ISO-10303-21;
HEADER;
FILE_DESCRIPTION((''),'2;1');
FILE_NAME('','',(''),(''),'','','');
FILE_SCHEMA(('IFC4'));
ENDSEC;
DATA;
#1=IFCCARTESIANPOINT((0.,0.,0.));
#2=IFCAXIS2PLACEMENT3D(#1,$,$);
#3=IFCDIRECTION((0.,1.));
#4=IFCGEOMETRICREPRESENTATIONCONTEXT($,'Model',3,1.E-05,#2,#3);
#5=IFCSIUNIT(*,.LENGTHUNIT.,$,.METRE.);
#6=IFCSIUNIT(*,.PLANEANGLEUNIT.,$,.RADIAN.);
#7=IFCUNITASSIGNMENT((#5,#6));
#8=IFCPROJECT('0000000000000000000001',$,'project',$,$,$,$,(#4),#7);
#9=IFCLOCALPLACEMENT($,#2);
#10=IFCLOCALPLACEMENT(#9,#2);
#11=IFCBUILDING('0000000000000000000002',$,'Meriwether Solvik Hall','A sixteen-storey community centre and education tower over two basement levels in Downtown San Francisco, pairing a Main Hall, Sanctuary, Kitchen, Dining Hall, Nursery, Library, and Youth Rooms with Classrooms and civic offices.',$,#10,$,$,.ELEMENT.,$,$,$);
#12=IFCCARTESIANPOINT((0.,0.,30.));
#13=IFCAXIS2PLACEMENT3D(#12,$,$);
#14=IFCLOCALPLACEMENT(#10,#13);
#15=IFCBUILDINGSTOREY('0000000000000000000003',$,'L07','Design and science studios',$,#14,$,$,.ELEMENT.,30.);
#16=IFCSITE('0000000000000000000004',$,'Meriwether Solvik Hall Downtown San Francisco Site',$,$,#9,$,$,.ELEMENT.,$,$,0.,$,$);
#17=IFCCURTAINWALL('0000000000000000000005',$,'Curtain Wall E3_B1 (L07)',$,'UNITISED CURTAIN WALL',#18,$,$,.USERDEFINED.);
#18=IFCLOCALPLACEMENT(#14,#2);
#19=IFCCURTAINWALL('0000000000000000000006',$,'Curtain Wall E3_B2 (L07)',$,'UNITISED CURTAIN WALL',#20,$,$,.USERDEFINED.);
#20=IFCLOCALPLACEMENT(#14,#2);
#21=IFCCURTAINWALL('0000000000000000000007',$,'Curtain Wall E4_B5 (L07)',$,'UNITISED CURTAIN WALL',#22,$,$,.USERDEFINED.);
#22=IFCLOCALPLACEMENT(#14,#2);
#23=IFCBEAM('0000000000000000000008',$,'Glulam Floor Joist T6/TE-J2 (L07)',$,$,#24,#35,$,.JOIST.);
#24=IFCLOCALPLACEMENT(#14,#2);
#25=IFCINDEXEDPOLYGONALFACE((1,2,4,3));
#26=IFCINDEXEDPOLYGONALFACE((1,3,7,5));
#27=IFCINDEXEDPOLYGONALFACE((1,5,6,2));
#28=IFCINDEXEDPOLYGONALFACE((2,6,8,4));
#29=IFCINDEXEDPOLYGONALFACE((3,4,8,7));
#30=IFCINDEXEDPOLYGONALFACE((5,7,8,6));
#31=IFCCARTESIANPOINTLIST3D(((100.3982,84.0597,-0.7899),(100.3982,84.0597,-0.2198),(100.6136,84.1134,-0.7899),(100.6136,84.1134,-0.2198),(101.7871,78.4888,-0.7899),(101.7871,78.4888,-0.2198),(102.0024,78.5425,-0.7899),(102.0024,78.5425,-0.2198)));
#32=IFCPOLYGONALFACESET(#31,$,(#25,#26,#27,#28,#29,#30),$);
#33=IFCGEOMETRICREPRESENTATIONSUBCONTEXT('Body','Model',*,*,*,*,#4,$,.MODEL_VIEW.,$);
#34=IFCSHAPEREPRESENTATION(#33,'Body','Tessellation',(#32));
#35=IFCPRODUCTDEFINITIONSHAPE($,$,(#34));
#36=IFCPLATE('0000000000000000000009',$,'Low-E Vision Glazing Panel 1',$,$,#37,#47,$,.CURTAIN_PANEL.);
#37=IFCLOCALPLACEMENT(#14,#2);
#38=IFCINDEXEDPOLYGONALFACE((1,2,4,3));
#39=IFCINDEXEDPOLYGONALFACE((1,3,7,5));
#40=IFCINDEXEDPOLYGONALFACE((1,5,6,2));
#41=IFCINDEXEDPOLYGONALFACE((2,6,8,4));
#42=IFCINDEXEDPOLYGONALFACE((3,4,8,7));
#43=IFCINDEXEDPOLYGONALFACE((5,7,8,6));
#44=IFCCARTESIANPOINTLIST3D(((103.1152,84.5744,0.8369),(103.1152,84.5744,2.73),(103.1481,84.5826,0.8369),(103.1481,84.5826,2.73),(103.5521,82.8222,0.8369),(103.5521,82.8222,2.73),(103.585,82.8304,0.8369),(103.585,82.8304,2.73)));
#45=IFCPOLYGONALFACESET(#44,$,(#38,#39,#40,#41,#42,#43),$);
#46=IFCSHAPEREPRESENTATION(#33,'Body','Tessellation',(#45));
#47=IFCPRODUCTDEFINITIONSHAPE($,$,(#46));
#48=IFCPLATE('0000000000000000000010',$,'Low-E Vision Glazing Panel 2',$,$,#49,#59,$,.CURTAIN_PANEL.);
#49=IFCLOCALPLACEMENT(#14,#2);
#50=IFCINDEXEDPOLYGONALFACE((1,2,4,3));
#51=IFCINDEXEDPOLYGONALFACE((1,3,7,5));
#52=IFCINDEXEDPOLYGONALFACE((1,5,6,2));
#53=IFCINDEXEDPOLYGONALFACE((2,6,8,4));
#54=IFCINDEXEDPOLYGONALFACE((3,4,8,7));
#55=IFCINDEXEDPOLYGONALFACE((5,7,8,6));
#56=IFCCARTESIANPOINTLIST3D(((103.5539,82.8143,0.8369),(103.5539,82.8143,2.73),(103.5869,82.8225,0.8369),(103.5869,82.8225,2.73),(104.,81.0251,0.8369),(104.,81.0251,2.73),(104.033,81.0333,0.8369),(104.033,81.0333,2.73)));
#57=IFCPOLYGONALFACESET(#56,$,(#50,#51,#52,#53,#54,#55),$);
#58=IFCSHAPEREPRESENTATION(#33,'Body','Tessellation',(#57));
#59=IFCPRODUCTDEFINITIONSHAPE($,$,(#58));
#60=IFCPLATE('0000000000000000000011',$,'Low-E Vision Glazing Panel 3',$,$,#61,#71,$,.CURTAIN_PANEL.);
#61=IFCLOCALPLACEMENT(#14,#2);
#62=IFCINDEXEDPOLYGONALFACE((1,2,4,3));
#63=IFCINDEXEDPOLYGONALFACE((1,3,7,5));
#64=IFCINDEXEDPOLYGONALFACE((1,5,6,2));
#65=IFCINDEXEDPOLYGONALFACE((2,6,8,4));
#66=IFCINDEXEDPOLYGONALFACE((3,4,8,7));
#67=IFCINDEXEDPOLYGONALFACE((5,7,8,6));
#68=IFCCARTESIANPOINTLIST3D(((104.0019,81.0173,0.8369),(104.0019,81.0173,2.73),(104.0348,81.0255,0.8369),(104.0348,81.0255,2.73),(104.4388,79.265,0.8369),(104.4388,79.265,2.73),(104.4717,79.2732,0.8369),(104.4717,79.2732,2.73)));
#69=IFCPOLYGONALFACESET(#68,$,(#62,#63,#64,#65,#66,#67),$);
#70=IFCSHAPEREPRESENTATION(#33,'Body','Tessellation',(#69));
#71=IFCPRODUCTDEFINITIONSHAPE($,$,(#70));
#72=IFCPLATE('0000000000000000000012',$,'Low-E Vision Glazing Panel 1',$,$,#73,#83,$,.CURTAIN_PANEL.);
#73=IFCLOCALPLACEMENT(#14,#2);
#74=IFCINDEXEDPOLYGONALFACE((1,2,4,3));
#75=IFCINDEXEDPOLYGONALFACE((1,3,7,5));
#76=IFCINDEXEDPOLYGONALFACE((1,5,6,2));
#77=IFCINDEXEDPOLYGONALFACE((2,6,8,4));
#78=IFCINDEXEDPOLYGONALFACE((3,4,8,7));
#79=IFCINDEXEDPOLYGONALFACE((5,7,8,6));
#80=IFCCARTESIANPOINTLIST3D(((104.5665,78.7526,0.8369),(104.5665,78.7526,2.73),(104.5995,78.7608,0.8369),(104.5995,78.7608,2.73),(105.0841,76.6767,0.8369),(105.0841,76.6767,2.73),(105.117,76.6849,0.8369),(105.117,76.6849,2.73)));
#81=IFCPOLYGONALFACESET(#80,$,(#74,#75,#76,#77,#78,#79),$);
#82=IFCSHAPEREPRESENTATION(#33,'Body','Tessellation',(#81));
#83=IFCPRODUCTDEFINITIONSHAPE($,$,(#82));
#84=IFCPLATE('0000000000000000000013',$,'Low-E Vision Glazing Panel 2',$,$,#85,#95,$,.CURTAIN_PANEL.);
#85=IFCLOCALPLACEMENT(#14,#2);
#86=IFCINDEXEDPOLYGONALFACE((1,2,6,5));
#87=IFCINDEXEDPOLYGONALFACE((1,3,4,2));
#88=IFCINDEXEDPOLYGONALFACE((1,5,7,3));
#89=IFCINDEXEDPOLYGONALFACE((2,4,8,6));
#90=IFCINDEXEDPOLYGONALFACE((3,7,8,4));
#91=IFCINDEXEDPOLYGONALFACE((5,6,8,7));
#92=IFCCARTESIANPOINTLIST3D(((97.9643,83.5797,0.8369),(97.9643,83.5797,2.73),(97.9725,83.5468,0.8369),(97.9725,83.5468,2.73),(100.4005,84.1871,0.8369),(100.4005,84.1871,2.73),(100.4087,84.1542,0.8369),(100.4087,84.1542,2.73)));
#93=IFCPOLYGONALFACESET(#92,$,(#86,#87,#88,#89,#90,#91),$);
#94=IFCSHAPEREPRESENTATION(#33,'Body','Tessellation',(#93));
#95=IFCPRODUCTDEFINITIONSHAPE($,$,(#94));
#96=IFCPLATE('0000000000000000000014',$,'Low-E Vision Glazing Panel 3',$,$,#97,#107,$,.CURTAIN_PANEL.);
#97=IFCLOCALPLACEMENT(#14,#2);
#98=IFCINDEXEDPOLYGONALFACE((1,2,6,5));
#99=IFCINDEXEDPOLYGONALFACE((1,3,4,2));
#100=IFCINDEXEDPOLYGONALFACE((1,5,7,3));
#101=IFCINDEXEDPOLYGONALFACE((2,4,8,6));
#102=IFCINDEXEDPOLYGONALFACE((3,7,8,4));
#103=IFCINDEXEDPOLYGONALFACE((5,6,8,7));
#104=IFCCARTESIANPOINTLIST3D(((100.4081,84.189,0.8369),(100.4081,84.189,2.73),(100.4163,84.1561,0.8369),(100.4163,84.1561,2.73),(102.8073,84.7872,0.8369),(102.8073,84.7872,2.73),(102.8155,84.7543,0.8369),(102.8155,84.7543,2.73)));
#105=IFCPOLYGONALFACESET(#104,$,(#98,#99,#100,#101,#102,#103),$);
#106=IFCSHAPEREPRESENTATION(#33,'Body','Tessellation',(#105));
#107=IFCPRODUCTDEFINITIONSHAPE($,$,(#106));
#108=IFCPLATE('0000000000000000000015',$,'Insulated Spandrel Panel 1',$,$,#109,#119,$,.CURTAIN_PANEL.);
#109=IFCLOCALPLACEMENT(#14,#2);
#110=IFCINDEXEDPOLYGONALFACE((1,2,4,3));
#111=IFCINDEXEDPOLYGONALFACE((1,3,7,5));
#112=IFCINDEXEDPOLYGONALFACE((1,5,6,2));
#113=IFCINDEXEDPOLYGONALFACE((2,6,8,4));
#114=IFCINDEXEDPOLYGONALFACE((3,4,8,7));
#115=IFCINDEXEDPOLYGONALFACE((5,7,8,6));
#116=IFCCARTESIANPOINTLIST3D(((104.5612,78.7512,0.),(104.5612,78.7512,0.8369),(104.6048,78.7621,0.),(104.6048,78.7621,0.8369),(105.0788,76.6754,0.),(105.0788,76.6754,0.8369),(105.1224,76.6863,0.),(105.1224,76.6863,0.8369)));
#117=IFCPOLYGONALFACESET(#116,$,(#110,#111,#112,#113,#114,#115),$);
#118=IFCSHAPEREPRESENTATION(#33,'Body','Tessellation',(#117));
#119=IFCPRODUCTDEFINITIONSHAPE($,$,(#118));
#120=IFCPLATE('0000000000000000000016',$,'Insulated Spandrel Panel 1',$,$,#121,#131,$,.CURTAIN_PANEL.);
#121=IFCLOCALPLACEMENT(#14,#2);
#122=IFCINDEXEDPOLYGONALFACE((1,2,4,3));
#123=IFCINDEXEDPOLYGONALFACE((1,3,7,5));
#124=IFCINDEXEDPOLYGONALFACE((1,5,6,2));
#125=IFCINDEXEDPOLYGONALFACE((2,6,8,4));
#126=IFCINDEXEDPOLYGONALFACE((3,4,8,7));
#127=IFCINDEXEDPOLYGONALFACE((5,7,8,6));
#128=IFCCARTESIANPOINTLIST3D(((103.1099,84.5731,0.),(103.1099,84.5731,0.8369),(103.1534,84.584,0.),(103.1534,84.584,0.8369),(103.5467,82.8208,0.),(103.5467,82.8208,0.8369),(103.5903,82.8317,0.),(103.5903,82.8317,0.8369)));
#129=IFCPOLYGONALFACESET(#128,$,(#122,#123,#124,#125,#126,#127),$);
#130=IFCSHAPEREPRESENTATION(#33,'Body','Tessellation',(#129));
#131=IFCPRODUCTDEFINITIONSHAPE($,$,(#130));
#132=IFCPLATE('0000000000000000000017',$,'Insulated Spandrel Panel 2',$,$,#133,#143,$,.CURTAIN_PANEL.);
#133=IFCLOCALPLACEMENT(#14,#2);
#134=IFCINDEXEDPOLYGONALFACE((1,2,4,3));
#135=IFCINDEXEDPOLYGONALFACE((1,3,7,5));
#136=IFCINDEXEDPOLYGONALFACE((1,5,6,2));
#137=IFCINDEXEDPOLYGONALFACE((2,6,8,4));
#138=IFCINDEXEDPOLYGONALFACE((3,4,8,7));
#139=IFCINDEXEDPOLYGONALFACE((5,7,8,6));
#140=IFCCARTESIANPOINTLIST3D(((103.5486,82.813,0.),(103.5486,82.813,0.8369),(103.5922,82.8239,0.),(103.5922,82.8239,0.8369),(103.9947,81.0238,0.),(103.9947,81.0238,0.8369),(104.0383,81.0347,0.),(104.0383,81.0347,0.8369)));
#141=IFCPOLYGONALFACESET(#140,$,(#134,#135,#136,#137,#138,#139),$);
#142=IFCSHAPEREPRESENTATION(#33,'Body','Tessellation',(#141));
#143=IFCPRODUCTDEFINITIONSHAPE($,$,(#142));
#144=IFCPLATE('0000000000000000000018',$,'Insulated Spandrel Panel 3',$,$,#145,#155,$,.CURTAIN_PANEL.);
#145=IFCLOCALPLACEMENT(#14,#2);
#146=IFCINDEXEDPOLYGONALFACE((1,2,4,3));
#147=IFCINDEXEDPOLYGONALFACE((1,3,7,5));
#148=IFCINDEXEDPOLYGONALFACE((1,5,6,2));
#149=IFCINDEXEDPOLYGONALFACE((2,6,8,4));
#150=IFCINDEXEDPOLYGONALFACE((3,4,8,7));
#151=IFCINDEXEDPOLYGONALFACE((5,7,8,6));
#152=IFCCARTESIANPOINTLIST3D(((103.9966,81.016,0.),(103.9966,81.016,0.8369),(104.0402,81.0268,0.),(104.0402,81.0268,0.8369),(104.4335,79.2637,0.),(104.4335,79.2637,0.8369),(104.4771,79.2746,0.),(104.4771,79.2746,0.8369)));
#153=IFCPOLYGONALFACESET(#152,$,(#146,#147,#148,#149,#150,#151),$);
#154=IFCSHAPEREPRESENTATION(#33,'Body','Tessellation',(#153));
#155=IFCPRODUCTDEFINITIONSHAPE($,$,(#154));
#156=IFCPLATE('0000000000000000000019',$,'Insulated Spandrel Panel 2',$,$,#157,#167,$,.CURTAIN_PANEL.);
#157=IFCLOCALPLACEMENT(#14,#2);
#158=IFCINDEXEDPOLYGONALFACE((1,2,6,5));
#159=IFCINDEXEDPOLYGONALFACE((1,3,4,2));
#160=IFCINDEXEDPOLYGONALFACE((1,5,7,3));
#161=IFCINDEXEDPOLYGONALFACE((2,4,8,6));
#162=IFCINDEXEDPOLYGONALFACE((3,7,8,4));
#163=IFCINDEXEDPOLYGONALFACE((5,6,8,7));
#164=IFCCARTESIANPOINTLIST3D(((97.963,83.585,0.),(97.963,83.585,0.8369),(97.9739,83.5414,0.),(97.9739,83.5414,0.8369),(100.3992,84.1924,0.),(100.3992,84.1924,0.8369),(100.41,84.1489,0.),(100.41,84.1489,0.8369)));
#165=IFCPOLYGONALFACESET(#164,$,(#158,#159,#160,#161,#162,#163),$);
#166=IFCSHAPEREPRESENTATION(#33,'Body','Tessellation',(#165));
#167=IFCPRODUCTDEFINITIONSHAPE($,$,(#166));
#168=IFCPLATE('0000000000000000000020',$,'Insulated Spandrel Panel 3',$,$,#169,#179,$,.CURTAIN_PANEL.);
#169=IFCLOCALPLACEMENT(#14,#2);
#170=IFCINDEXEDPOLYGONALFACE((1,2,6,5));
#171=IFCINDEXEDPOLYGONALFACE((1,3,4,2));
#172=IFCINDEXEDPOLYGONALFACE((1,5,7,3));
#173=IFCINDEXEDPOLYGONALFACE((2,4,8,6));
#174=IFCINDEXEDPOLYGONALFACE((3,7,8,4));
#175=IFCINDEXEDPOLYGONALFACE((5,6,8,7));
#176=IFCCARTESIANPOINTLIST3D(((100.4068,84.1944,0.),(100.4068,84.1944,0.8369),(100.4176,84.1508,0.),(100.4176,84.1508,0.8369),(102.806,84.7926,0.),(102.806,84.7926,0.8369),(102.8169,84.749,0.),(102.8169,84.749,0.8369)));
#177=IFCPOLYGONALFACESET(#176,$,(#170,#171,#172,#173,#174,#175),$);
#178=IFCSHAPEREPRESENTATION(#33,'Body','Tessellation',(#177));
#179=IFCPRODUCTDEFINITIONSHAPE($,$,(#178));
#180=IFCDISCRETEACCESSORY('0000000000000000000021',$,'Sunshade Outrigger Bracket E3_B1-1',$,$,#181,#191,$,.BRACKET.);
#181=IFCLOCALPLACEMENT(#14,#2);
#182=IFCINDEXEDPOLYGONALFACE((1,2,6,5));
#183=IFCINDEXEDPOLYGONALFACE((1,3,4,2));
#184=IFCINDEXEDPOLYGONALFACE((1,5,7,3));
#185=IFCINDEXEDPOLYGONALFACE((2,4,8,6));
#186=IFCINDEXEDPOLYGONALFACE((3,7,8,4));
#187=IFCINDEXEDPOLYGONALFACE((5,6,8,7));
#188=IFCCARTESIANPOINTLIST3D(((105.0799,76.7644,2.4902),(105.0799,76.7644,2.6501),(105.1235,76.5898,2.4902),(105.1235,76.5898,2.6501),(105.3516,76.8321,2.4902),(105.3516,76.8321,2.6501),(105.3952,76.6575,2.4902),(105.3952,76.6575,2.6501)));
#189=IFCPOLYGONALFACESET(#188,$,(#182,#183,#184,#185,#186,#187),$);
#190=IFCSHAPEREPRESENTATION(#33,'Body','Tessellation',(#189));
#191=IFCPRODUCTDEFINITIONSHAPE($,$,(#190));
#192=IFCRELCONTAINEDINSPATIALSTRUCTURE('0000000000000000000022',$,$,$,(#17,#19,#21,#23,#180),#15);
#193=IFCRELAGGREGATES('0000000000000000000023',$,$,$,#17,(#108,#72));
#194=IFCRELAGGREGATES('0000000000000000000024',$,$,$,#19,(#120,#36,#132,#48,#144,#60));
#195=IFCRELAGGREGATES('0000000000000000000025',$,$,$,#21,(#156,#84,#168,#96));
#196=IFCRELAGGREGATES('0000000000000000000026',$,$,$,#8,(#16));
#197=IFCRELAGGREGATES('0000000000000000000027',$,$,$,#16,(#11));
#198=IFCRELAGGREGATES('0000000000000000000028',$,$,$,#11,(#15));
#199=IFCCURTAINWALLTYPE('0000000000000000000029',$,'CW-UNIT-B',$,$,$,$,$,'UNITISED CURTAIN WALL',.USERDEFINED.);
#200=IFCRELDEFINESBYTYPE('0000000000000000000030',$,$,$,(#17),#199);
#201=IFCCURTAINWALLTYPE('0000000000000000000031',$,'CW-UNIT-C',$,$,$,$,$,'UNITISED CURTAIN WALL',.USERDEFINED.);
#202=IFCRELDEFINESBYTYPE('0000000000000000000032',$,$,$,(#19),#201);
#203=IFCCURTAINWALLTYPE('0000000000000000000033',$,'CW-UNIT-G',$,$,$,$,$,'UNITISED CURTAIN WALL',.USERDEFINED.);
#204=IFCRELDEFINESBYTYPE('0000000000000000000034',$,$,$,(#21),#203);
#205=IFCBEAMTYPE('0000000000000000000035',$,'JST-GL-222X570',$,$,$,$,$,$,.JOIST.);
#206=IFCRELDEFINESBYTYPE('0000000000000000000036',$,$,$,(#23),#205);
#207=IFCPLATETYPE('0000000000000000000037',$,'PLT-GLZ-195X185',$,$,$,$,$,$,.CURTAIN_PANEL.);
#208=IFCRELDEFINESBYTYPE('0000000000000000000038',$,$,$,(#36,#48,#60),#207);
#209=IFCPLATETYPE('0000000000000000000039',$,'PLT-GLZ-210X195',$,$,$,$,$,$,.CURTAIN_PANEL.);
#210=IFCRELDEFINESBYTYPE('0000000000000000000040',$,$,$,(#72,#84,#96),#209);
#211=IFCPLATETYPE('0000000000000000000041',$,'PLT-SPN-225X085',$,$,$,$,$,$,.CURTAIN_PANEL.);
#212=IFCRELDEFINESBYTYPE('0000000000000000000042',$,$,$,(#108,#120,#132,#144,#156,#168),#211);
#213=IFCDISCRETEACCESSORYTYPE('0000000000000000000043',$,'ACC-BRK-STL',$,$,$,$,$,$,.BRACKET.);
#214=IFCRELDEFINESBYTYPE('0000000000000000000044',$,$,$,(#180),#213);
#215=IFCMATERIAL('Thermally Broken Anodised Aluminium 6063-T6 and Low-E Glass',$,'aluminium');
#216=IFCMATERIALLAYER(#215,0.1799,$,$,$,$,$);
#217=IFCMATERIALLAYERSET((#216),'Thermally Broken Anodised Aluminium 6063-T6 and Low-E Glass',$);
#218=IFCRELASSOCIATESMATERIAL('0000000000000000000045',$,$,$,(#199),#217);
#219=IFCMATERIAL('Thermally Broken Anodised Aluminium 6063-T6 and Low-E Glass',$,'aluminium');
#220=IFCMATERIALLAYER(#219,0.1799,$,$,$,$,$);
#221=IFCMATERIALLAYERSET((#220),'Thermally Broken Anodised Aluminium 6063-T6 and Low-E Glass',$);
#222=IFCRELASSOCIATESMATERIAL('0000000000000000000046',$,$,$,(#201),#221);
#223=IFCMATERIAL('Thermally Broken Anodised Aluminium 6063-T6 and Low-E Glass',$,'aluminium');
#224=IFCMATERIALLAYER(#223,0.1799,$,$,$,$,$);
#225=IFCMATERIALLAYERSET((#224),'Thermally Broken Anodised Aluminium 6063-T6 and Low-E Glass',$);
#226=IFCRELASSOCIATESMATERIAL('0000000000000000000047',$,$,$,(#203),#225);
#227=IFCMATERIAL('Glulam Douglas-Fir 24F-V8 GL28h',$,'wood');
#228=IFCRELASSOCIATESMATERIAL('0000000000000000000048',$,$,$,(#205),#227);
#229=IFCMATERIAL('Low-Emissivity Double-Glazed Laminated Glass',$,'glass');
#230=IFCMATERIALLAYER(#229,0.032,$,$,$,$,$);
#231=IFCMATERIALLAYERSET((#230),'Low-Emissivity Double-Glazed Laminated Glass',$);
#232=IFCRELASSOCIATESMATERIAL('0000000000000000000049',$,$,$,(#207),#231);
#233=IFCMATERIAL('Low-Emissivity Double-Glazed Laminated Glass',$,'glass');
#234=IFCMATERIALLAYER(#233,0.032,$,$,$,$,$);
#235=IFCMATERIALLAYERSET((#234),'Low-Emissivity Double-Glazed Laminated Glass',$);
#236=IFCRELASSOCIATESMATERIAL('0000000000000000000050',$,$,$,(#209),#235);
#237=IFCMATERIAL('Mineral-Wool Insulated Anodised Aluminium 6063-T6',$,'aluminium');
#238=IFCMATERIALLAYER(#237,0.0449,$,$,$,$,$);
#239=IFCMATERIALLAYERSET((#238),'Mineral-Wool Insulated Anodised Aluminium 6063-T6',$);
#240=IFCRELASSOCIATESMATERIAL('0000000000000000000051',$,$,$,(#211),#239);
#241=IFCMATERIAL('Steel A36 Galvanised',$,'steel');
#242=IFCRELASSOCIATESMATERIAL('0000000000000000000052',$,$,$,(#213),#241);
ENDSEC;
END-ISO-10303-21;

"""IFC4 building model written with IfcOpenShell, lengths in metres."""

from ifc_helpers import new_model, si_unit, direction, frame, origin, origin_2d, place, context, subcontext, project, spatial, rectangle, extrude, material, layer, layer_set, material_profile, profile_set, type_object, element, aggregate, save


model = new_model("IFC4")

# Units and contexts
model_context = context("Model", 3, precision=1e-05, world=origin(), true_north=direction((0.0, 1.0)))
body_context = subcontext(model_context, "Body", "Model", "MODEL_VIEW")
ifc_project = project(units=[si_unit("LENGTHUNIT", "METRE"), si_unit("PLANEANGLEUNIT", "RADIAN")], contexts=[model_context])

# Site, building, storey
site_placement = place(None, origin())
site = spatial("IfcSite", under=ifc_project, at=site_placement, Name="Meriwether Solvik Hall Downtown San Francisco Site", CompositionType="ELEMENT", RefElevation=0.0)
building_placement = place(site_placement, origin())
building = spatial("IfcBuilding", under=site, at=building_placement, Name="Meriwether Solvik Hall", Description="A sixteen-storey community centre and education tower over two basement levels in Downtown San Francisco, pairing a Main Hall, Sanctuary, Kitchen, Dining Hall, Nursery, Library, and Youth Rooms with Classrooms and civic offices.", CompositionType="ELEMENT")
storey_placement = place(building_placement, frame((0.0, 0.0, 30.0)))
storey = spatial("IfcBuildingStorey", under=building, at=storey_placement, Name="L07", Description="Design and science studios", CompositionType="ELEMENT", Elevation=30.0)

# Curtain wall
ifc_material_1 = material(Name="Thermally Broken Anodised Aluminium 6063-T6 and Low-E Glass", Category="aluminium")
ifc_layer_1 = layer(ifc_material_1, 0.1799)
ifc_layer_set_1 = layer_set([ifc_layer_1], Name="Thermally Broken Anodised Aluminium 6063-T6 and Low-E Glass")
curtain_wall_type_1 = type_object("IfcCurtainWallType", Name="CW-UNIT-B", ElementType="UNITISED CURTAIN WALL", PredefinedType="USERDEFINED", material=ifc_layer_set_1)
curtain_wall_1_placement = place(storey_placement, origin())
curtain_wall_1 = element("IfcCurtainWall", 1, at=curtain_wall_1_placement, inside=storey, type_object=curtain_wall_type_1, Name="Curtain Wall E3_B1 (L07)", ObjectType="UNITISED CURTAIN WALL", PredefinedType="USERDEFINED")

# Curtain walls
ifc_material_2 = material(Name="Thermally Broken Anodised Aluminium 6063-T6 and Low-E Glass", Category="aluminium")
ifc_layer_2 = layer(ifc_material_2, 0.1799)
ifc_layer_set_2 = layer_set([ifc_layer_2], Name="Thermally Broken Anodised Aluminium 6063-T6 and Low-E Glass")
curtain_wall_type_2 = type_object("IfcCurtainWallType", Name="CW-UNIT-C", ElementType="UNITISED CURTAIN WALL", PredefinedType="USERDEFINED", material=ifc_layer_set_2)
curtain_wall_2_placement = place(storey_placement, origin())
curtain_wall_2 = element("IfcCurtainWall", 2, at=curtain_wall_2_placement, inside=storey, type_object=curtain_wall_type_2, Name="Curtain Wall E3_B2 (L07)", ObjectType="UNITISED CURTAIN WALL", PredefinedType="USERDEFINED")
ifc_material_3 = material(Name="Thermally Broken Anodised Aluminium 6063-T6 and Low-E Glass", Category="aluminium")
ifc_layer_3 = layer(ifc_material_3, 0.1799)
ifc_layer_set_3 = layer_set([ifc_layer_3], Name="Thermally Broken Anodised Aluminium 6063-T6 and Low-E Glass")
curtain_wall_type_3 = type_object("IfcCurtainWallType", Name="CW-UNIT-G", ElementType="UNITISED CURTAIN WALL", PredefinedType="USERDEFINED", material=ifc_layer_set_3)
curtain_wall_3_placement = place(storey_placement, origin())
curtain_wall_3 = element("IfcCurtainWall", 3, at=curtain_wall_3_placement, inside=storey, type_object=curtain_wall_type_3, Name="Curtain Wall E4_B5 (L07)", ObjectType="UNITISED CURTAIN WALL", PredefinedType="USERDEFINED")

# Beam
ifc_material_4 = material(Name="Glulam Douglas-Fir 24F-V8 GL28h", Category="wood")
ifc_material_profile_1 = material_profile(ifc_material_4, rectangle(XDim=0.2219, YDim=0.5701, at=origin_2d()), Name="GLJ-222X570")
ifc_profile_set_1 = profile_set([ifc_material_profile_1], Name="Glulam Douglas-Fir 24F-V8 GL28h")
beam_type_1 = type_object("IfcBeamType", Name="JST-GL-222X570", PredefinedType="JOIST", material=ifc_profile_set_1)
for number, where, z_axis, x_axis, name in (
    (4, (101.8948, 78.5156, -0.5049), (-0.241905, 0.9703, 0.0), (-0.9703, -0.241905, 0.0), "Glulam Floor Joist T6/TE-J2 (L07)"),
):
    element("IfcBeam", number, at=place(storey_placement, frame(where, z_axis=z_axis, x_axis=x_axis)), inside=storey, type_object=beam_type_1, Name=name, PredefinedType="JOIST", context=body_context, shape_type="SweptSolid", body=[
        extrude(rectangle(XDim=0.2219, YDim=0.5701, at=origin_2d()), origin(), (0.0, 0.0, 1.0), 5.7415),
    ])

# Plates
ifc_material_5 = material(Name="Low-Emissivity Double-Glazed Laminated Glass", Category="glass")
ifc_layer_4 = layer(ifc_material_5, 0.032)
ifc_layer_set_4 = layer_set([ifc_layer_4], Name="Low-Emissivity Double-Glazed Laminated Glass")
plate_type_1 = type_object("IfcPlateType", Name="PLT-GLZ-195X185", PredefinedType="CURTAIN_PANEL", material=ifc_layer_set_4)
plate_1_placement = place(storey_placement, frame((103.3501, 83.7024, 0.8369), z_axis=(0.0, 0.0, 1.0), x_axis=(0.241922, -0.970296, 0.0)))
plate_1 = element("IfcPlate", 5, at=plate_1_placement, type_object=plate_type_1, Name="Low-E Vision Glazing Panel 1", PredefinedType="CURTAIN_PANEL", context=body_context, shape_type="SweptSolid", body=[
    extrude(rectangle(XDim=1.8059, YDim=0.0339, at=origin_2d()), origin(), (0.0, 0.0, 1.0), 1.8931),
])
plate_2_placement = place(storey_placement, frame((103.7935, 81.9238, 0.8369), z_axis=(0.0, 0.0, 1.0), x_axis=(0.241922, -0.970296, 0.0)))
plate_2 = element("IfcPlate", 6, at=plate_2_placement, type_object=plate_type_1, Name="Low-E Vision Glazing Panel 2", PredefinedType="CURTAIN_PANEL", context=body_context, shape_type="SweptSolid", body=[
    extrude(rectangle(XDim=1.844, YDim=0.0339, at=origin_2d()), origin(), (0.0, 0.0, 1.0), 1.8931),
])
plate_3_placement = place(storey_placement, frame((104.2368, 80.1453, 0.8369), z_axis=(0.0, 0.0, 1.0), x_axis=(0.241922, -0.970296, 0.0)))
plate_3 = element("IfcPlate", 7, at=plate_3_placement, type_object=plate_type_1, Name="Low-E Vision Glazing Panel 3", PredefinedType="CURTAIN_PANEL", context=body_context, shape_type="SweptSolid", body=[
    extrude(rectangle(XDim=1.8059, YDim=0.0339, at=origin_2d()), origin(), (0.0, 0.0, 1.0), 1.8931),
])
ifc_material_6 = material(Name="Low-Emissivity Double-Glazed Laminated Glass", Category="glass")
ifc_layer_5 = layer(ifc_material_6, 0.032)
ifc_layer_set_5 = layer_set([ifc_layer_5], Name="Low-Emissivity Double-Glazed Laminated Glass")
plate_type_2 = type_object("IfcPlateType", Name="PLT-GLZ-210X195", PredefinedType="CURTAIN_PANEL", material=ifc_layer_set_5)
plate_4_placement = place(storey_placement, frame((104.8418, 77.7188, 0.8369), z_axis=(0.0, 0.0, 1.0), x_axis=(0.241922, -0.970296, 0.0)))
plate_4 = element("IfcPlate", 8, at=plate_4_placement, type_object=plate_type_2, Name="Low-E Vision Glazing Panel 1", PredefinedType="CURTAIN_PANEL", context=body_context, shape_type="SweptSolid", body=[
    extrude(rectangle(XDim=2.1394, YDim=0.0339, at=origin_2d()), origin(), (0.0, 0.0, 1.0), 1.8931),
])
plate_5_placement = place(storey_placement, frame((99.1865, 83.8669, 0.8369), z_axis=(0.0, 0.0, 1.0), x_axis=(0.970296, 0.241922, 0.0)))
plate_5 = element("IfcPlate", 9, at=plate_5_placement, type_object=plate_type_2, Name="Low-E Vision Glazing Panel 2", PredefinedType="CURTAIN_PANEL", context=body_context, shape_type="SweptSolid", body=[
    extrude(rectangle(XDim=2.5107, YDim=0.0339, at=origin_2d()), origin(), (0.0, 0.0, 1.0), 1.8931),
])
plate_6_placement = place(storey_placement, frame((101.6118, 84.4717, 0.8369), z_axis=(0.0, 0.0, 1.0), x_axis=(0.970296, 0.241922, 0.0)))
plate_6 = element("IfcPlate", 10, at=plate_6_placement, type_object=plate_type_2, Name="Low-E Vision Glazing Panel 3", PredefinedType="CURTAIN_PANEL", context=body_context, shape_type="SweptSolid", body=[
    extrude(rectangle(XDim=2.4727, YDim=0.0339, at=origin_2d()), origin(), (0.0, 0.0, 1.0), 1.8931),
])
ifc_material_7 = material(Name="Mineral-Wool Insulated Anodised Aluminium 6063-T6", Category="aluminium")
ifc_layer_6 = layer(ifc_material_7, 0.0449)
ifc_layer_set_6 = layer_set([ifc_layer_6], Name="Mineral-Wool Insulated Anodised Aluminium 6063-T6")
plate_type_3 = type_object("IfcPlateType", Name="PLT-SPN-225X085", PredefinedType="CURTAIN_PANEL", material=ifc_layer_set_6)
plate_7_placement = place(storey_placement, frame((104.8418, 77.7188, 0.0), z_axis=(0.0, 0.0, 1.0), x_axis=(0.241922, -0.970296, 0.0)))
plate_7 = element("IfcPlate", 11, at=plate_7_placement, type_object=plate_type_3, Name="Insulated Spandrel Panel 1", PredefinedType="CURTAIN_PANEL", context=body_context, shape_type="SweptSolid", body=[
    extrude(rectangle(XDim=2.1394, YDim=0.0449, at=origin_2d()), origin(), (0.0, 0.0, 1.0), 0.8369),
])
aggregate(curtain_wall_1, [plate_7, plate_4])
plate_8_placement = place(storey_placement, frame((103.3501, 83.7024, 0.0), z_axis=(0.0, 0.0, 1.0), x_axis=(0.241922, -0.970296, 0.0)))
plate_8 = element("IfcPlate", 12, at=plate_8_placement, type_object=plate_type_3, Name="Insulated Spandrel Panel 1", PredefinedType="CURTAIN_PANEL", context=body_context, shape_type="SweptSolid", body=[
    extrude(rectangle(XDim=1.8059, YDim=0.0449, at=origin_2d()), origin(), (0.0, 0.0, 1.0), 0.8369),
])
plate_9_placement = place(storey_placement, frame((103.7935, 81.9238, 0.0), z_axis=(0.0, 0.0, 1.0), x_axis=(0.241922, -0.970296, 0.0)))
plate_9 = element("IfcPlate", 13, at=plate_9_placement, type_object=plate_type_3, Name="Insulated Spandrel Panel 2", PredefinedType="CURTAIN_PANEL", context=body_context, shape_type="SweptSolid", body=[
    extrude(rectangle(XDim=1.844, YDim=0.0449, at=origin_2d()), origin(), (0.0, 0.0, 1.0), 0.8369),
])
plate_10_placement = place(storey_placement, frame((104.2368, 80.1453, 0.0), z_axis=(0.0, 0.0, 1.0), x_axis=(0.241922, -0.970296, 0.0)))
plate_10 = element("IfcPlate", 14, at=plate_10_placement, type_object=plate_type_3, Name="Insulated Spandrel Panel 3", PredefinedType="CURTAIN_PANEL", context=body_context, shape_type="SweptSolid", body=[
    extrude(rectangle(XDim=1.8059, YDim=0.0449, at=origin_2d()), origin(), (0.0, 0.0, 1.0), 0.8369),
])
aggregate(curtain_wall_2, [plate_8, plate_1, plate_9, plate_2, plate_10, plate_3])
plate_11_placement = place(storey_placement, frame((99.1865, 83.8669, 0.0), z_axis=(0.0, 0.0, 1.0), x_axis=(0.970296, 0.241922, 0.0)))
plate_11 = element("IfcPlate", 15, at=plate_11_placement, type_object=plate_type_3, Name="Insulated Spandrel Panel 2", PredefinedType="CURTAIN_PANEL", context=body_context, shape_type="SweptSolid", body=[
    extrude(rectangle(XDim=2.5107, YDim=0.0449, at=origin_2d()), origin(), (0.0, 0.0, 1.0), 0.8369),
])
plate_12_placement = place(storey_placement, frame((101.6118, 84.4717, 0.0), z_axis=(0.0, 0.0, 1.0), x_axis=(0.970296, 0.241922, 0.0)))
plate_12 = element("IfcPlate", 16, at=plate_12_placement, type_object=plate_type_3, Name="Insulated Spandrel Panel 3", PredefinedType="CURTAIN_PANEL", context=body_context, shape_type="SweptSolid", body=[
    extrude(rectangle(XDim=2.4727, YDim=0.0449, at=origin_2d()), origin(), (0.0, 0.0, 1.0), 0.8369),
])
aggregate(curtain_wall_3, [plate_11, plate_5, plate_12, plate_6])

# Discrete accessory
ifc_material_8 = material(Name="Steel A36 Galvanised", Category="steel")
discrete_accessory_type = type_object("IfcDiscreteAccessoryType", Name="ACC-BRK-STL", PredefinedType="BRACKET", material=ifc_material_8)
discrete_accessory_placement = place(storey_placement, frame((105.2375, 76.7109, 2.4902), z_axis=(0.0, 0.0, 1.0), x_axis=(0.241922, -0.970296, 0.0)))
element("IfcDiscreteAccessory", 17, at=discrete_accessory_placement, inside=storey, type_object=discrete_accessory_type, Name="Sunshade Outrigger Bracket E3_B1-1", PredefinedType="BRACKET", context=body_context, shape_type="SweptSolid", body=[
    extrude(rectangle(XDim=0.1799, YDim=0.28, at=origin_2d()), origin(), (0.0, 0.0, 1.0), 0.1599),
])

save(model, "model.ifc")
